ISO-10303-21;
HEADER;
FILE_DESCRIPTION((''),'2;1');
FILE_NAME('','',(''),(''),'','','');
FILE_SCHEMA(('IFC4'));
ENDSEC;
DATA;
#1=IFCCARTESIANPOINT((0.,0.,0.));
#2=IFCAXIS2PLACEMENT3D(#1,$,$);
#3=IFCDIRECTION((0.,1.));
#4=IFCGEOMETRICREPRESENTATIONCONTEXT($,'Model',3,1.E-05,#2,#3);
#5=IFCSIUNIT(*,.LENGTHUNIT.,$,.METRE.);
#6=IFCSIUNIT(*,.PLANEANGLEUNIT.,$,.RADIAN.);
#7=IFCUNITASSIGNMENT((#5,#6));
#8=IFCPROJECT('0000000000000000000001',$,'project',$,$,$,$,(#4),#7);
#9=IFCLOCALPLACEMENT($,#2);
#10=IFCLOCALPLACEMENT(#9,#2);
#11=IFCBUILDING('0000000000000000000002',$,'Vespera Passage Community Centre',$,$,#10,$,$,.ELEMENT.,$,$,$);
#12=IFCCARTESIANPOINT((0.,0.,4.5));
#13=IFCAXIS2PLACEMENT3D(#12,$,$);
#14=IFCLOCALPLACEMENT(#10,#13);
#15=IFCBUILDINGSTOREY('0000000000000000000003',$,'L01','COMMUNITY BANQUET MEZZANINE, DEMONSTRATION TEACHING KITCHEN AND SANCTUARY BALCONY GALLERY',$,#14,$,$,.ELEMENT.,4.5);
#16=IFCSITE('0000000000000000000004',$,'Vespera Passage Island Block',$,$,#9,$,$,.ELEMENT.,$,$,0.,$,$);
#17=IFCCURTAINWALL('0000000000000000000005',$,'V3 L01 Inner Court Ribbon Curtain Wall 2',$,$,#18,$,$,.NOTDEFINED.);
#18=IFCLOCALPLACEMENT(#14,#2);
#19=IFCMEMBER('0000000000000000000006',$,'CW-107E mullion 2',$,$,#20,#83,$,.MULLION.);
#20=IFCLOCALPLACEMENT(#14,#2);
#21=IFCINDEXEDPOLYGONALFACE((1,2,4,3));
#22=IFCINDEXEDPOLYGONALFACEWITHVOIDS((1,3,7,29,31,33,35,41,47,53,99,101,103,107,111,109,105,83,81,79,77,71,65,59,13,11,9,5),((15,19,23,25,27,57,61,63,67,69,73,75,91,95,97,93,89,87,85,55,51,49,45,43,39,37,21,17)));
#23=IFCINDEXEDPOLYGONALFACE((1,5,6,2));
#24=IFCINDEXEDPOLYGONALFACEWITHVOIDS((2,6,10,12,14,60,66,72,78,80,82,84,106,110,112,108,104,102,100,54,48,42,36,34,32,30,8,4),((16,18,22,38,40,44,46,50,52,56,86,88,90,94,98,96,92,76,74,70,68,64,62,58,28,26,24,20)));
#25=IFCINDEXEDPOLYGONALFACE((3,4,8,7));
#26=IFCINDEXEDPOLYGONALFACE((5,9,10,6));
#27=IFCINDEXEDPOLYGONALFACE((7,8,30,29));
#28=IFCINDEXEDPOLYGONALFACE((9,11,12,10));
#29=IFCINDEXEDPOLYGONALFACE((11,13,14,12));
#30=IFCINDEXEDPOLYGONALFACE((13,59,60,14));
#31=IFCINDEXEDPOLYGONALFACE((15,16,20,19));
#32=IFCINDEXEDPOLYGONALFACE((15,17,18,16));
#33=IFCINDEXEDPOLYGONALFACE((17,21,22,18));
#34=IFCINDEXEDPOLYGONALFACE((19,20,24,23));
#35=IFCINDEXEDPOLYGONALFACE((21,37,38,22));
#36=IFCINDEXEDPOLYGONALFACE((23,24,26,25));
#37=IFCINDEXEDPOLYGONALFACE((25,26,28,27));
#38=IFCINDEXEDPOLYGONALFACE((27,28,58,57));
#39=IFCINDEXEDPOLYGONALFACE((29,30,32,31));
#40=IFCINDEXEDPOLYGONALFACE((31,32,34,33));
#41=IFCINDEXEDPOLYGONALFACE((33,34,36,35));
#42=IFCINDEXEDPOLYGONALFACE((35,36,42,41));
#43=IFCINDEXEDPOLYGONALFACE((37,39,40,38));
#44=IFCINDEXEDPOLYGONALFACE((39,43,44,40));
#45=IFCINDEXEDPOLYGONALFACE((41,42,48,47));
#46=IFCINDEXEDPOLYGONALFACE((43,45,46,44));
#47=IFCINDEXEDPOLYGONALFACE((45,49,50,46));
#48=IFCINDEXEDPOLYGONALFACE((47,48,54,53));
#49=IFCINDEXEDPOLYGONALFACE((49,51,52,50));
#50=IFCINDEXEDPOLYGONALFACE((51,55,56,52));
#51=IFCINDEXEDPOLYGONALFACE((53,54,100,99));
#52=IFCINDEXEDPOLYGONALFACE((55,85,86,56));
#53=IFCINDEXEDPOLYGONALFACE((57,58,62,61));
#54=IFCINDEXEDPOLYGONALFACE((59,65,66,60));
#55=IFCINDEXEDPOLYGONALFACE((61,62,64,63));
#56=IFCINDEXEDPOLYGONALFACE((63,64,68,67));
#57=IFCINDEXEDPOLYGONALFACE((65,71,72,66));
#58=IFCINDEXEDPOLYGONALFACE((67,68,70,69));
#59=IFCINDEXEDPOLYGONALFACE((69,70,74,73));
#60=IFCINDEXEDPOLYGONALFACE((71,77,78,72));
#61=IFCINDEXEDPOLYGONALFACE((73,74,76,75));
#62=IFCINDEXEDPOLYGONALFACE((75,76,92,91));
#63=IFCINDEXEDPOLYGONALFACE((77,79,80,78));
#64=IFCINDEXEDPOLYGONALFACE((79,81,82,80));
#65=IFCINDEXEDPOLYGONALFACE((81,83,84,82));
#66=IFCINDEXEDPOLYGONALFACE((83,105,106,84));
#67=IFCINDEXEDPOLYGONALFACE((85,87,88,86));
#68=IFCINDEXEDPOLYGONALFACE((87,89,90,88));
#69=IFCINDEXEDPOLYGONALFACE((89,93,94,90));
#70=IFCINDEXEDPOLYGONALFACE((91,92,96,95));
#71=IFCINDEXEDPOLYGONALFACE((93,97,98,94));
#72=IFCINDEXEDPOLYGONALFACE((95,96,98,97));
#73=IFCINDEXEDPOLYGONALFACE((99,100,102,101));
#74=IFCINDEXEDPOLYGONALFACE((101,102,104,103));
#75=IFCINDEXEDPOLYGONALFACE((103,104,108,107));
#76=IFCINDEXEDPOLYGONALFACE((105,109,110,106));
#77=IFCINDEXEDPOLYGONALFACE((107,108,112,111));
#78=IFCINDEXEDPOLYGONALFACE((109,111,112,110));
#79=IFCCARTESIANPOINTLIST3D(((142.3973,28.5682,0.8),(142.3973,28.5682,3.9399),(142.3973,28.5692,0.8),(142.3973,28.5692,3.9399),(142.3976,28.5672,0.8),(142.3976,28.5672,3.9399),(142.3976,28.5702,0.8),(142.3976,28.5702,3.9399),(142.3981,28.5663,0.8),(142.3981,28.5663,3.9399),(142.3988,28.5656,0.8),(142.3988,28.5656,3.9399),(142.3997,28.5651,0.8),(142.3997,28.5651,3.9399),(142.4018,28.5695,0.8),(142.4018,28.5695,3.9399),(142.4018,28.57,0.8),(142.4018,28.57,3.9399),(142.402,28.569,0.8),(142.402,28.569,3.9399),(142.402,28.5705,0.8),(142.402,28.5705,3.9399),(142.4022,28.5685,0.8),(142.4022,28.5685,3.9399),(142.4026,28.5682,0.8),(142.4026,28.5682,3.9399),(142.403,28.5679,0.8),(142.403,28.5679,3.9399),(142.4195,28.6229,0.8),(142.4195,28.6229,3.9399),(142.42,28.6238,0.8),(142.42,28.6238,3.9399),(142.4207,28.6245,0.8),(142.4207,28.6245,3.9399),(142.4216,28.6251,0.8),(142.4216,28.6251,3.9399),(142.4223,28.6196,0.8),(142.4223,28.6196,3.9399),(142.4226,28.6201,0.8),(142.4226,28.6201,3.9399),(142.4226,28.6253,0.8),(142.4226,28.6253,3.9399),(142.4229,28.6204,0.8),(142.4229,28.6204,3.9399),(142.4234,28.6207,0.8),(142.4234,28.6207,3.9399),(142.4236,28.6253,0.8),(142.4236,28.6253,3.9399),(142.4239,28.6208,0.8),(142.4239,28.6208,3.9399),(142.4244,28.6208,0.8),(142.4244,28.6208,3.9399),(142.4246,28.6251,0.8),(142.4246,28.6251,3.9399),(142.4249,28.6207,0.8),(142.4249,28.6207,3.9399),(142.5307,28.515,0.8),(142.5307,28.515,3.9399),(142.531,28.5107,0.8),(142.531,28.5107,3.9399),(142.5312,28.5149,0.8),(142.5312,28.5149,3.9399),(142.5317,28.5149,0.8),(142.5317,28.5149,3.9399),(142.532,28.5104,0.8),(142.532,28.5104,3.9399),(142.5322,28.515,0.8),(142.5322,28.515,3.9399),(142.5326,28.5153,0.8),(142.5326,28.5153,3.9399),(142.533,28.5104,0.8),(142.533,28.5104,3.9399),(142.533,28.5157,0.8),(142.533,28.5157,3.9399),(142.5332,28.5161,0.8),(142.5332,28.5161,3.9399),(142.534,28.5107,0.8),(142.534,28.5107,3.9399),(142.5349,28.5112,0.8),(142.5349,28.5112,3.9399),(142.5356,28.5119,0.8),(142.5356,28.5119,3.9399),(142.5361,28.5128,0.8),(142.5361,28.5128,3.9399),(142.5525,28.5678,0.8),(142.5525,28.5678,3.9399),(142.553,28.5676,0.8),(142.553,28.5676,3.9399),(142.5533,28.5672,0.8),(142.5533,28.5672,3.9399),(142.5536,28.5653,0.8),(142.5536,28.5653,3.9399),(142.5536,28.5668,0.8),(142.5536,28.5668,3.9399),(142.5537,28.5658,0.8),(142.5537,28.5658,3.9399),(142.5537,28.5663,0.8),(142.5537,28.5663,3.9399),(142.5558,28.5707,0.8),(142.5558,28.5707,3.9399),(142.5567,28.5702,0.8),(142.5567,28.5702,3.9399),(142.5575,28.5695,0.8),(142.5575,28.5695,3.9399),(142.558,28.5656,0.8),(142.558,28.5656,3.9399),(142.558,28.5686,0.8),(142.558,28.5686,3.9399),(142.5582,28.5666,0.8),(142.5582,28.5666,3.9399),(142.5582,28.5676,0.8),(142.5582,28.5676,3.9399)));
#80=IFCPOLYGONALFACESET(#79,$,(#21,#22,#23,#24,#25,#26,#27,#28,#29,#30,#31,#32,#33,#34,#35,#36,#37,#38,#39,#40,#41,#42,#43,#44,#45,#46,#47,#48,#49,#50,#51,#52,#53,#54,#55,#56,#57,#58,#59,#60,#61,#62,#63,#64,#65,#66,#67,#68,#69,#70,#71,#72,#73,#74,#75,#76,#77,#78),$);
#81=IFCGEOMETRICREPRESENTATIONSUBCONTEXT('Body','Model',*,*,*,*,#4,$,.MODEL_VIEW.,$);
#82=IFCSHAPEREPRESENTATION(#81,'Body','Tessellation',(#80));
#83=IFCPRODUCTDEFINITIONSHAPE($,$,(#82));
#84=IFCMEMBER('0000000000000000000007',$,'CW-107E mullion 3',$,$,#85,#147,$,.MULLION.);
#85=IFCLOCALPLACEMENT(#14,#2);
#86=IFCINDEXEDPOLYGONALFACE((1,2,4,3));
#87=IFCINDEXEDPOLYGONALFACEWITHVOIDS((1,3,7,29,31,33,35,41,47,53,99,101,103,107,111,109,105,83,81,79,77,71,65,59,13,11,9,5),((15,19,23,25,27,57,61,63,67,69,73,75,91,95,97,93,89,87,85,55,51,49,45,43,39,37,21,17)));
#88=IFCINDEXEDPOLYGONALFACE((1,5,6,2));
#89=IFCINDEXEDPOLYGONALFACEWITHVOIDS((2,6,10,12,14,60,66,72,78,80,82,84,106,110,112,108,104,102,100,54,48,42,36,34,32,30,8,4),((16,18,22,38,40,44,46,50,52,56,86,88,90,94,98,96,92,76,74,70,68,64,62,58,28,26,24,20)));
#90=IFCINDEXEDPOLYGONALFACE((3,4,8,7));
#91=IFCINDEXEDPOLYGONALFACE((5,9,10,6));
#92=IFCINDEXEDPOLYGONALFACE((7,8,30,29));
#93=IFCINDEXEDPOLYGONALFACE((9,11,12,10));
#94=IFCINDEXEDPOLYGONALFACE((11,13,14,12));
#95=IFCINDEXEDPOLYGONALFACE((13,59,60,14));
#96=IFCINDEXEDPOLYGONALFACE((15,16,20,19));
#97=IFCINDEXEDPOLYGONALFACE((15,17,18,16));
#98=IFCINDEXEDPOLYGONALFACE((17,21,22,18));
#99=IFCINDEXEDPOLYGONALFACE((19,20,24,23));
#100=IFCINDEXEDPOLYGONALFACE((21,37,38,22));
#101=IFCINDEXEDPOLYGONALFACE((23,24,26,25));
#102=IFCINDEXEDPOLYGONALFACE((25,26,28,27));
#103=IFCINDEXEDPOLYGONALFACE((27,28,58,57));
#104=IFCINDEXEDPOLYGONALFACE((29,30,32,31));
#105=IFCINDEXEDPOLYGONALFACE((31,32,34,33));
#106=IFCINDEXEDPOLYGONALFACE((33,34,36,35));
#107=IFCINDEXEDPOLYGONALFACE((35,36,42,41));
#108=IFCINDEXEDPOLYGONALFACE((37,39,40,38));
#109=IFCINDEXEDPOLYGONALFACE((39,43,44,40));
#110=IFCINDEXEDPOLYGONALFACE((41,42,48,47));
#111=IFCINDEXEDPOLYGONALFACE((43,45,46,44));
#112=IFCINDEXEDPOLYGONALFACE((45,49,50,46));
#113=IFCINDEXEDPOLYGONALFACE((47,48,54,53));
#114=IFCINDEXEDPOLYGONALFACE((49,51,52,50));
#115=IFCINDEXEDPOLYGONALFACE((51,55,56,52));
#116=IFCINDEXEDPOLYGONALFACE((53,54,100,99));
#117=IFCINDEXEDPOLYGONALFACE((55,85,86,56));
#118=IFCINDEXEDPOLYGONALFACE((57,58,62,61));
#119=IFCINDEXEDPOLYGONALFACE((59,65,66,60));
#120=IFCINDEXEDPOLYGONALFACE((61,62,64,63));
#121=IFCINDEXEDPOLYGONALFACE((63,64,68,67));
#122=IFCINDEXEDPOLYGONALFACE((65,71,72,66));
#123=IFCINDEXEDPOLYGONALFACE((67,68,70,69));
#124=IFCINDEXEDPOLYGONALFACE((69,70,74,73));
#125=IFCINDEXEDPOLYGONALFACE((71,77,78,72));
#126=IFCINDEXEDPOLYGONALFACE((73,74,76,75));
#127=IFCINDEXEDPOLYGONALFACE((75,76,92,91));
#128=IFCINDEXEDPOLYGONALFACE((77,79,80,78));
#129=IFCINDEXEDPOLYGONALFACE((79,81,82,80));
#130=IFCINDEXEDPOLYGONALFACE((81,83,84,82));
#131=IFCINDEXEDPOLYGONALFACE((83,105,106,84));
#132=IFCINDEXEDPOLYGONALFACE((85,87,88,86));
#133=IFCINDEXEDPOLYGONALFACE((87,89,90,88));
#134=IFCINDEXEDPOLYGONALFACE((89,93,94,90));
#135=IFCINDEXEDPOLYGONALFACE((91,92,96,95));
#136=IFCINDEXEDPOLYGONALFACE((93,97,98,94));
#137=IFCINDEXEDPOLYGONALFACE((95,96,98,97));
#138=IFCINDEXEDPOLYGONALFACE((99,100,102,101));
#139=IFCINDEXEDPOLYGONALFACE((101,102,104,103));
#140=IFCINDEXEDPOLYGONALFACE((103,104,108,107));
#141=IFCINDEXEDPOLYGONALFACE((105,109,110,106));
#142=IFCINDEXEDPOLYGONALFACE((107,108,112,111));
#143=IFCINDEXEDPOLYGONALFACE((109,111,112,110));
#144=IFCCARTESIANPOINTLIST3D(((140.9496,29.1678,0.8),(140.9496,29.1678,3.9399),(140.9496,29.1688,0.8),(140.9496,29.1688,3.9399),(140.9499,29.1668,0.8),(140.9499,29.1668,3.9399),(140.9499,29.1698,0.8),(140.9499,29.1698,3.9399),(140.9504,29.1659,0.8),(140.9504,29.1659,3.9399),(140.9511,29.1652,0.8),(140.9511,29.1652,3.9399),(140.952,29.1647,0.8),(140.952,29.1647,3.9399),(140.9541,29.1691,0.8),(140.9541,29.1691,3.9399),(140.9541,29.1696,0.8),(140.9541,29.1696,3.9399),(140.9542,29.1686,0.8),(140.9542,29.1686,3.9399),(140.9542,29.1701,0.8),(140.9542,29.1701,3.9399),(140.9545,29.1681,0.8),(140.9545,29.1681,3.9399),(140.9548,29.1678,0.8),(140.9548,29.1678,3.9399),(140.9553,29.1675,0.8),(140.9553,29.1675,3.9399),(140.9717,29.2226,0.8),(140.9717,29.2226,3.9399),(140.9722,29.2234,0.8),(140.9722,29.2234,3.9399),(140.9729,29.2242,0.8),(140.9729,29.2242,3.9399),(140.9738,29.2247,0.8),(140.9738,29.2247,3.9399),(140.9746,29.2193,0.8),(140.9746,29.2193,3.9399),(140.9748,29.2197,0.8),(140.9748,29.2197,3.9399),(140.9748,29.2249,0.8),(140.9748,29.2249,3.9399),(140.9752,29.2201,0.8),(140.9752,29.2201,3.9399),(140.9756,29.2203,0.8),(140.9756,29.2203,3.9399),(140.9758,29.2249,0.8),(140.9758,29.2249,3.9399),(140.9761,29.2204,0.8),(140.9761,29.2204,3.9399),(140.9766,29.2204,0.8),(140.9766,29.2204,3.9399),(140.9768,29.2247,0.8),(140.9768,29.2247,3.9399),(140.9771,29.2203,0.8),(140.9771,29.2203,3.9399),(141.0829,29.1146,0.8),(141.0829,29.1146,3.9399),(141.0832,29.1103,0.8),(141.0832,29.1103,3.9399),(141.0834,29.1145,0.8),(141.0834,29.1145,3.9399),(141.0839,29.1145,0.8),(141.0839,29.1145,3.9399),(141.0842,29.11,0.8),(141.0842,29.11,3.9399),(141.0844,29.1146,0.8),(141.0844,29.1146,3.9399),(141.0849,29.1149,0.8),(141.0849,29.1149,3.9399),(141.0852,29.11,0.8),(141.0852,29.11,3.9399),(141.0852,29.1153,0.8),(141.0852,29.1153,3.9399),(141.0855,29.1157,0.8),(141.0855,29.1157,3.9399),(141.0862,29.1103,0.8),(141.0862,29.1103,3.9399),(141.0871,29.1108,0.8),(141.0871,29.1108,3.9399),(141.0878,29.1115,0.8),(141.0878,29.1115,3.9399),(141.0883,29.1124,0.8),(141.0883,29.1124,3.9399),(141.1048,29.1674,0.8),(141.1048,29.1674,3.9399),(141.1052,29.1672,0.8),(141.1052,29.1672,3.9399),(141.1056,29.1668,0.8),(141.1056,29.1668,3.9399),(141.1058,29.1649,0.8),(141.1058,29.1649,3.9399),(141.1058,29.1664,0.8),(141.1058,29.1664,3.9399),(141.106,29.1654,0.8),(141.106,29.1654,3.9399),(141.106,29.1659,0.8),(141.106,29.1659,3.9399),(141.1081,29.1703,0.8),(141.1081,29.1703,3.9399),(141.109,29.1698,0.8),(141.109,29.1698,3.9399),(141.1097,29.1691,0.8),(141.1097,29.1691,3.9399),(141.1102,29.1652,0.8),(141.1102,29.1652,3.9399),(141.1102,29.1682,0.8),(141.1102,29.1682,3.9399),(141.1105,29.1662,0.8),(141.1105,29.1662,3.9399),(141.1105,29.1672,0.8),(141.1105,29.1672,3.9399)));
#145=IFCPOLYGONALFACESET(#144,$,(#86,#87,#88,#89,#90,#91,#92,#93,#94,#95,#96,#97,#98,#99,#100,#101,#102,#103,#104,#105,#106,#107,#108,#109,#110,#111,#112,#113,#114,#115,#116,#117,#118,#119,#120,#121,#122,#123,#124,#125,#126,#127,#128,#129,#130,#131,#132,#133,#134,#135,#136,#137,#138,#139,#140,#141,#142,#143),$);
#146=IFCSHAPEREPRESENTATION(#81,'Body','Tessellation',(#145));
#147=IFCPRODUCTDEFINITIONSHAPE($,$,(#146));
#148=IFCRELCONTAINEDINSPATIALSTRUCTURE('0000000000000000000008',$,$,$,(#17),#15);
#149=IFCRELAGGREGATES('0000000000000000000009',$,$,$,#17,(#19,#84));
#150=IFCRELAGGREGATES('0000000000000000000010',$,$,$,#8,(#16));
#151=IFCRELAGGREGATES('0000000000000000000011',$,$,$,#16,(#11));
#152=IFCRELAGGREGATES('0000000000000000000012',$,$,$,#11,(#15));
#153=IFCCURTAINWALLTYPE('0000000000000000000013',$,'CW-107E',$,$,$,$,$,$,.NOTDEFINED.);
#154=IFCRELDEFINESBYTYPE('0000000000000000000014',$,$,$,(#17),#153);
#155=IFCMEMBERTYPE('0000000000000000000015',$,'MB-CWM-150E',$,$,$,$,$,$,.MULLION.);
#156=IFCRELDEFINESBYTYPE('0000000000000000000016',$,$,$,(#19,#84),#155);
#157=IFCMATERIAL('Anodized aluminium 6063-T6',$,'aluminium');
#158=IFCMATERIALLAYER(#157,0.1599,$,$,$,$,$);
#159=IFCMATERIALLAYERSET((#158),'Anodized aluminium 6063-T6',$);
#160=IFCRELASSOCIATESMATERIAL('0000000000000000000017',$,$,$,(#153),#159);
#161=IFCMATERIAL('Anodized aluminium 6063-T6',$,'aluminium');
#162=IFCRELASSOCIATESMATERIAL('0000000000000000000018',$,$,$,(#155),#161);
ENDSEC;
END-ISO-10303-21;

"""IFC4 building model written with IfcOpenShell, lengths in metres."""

from ifc_helpers import new_model, si_unit, direction, frame, origin, origin_2d, place, context, subcontext, project, spatial, hollow_rectangle, extrude, material, layer, layer_set, material_profile, profile_set, type_object, element, aggregate, save


model = new_model("IFC4")

# Units and contexts
model_context = context("Model", 3, precision=1e-05, world=origin(), true_north=direction((0.0, 1.0)))
body_context = subcontext(model_context, "Body", "Model", "MODEL_VIEW")
ifc_project = project(units=[si_unit("LENGTHUNIT", "METRE"), si_unit("PLANEANGLEUNIT", "RADIAN")], contexts=[model_context])

# Site, building, storey
site_placement = place(None, origin())
site = spatial("IfcSite", under=ifc_project, at=site_placement, Name="Vespera Passage Island Block", CompositionType="ELEMENT", RefElevation=0.0)
building_placement = place(site_placement, origin())
building = spatial("IfcBuilding", under=site, at=building_placement, Name="Vespera Passage Community Centre", CompositionType="ELEMENT")
storey_placement = place(building_placement, frame((0.0, 0.0, 4.5)))
storey = spatial("IfcBuildingStorey", under=building, at=storey_placement, Name="L01", Description="COMMUNITY BANQUET MEZZANINE, DEMONSTRATION TEACHING KITCHEN AND SANCTUARY BALCONY GALLERY", CompositionType="ELEMENT", Elevation=4.5)

# Shared definitions
ifc_material_1 = material(Name="Anodized aluminium 6063-T6", Category="aluminium")
ifc_layer_1 = layer(ifc_material_1, 0.1599)
ifc_layer_set_1 = layer_set([ifc_layer_1], Name="Anodized aluminium 6063-T6")
curtain_wall_type = type_object("IfcCurtainWallType", Name="CW-107E", PredefinedType="NOTDEFINED", material=ifc_layer_set_1)
ifc_material_2 = material(Name="Anodized aluminium 6063-T6", Category="aluminium")
ifc_material_profile_1 = material_profile(ifc_material_2, hollow_rectangle(XDim=0.0649, YDim=0.1499, WallThickness=0.0039, InnerFilletRadius=0.002, OuterFilletRadius=0.0039, at=origin_2d()), Name="ALU150X65X4")
ifc_profile_set_1 = profile_set([ifc_material_profile_1], Name="Anodized aluminium 6063-T6")
member_type_1 = type_object("IfcMemberType", Name="MB-CWM-150E", PredefinedType="MULLION", material=ifc_profile_set_1)

# Curtain wall, members
curtain_wall_1_placement = place(storey_placement, origin())
curtain_wall_1 = element("IfcCurtainWall", 1, at=curtain_wall_1_placement, inside=storey, type_object=curtain_wall_type, Name="V3 L01 Inner Court Ribbon Curtain Wall 2", PredefinedType="NOTDEFINED")
member_1_placement = place(storey_placement, frame((142.4778, 28.5679, 0.8), z_axis=(0.0, 0.0, 1.0), x_axis=(-0.382686, -0.923879, 0.0)))
member_1 = element("IfcMember", 2, at=member_1_placement, type_object=member_type_1, Name="CW-107E mullion 2", PredefinedType="MULLION", context=body_context, shape_type="SweptSolid", body=[
    extrude(hollow_rectangle(XDim=0.0649, YDim=0.1499, WallThickness=0.0039, InnerFilletRadius=0.002, OuterFilletRadius=0.0039, at=origin_2d()), origin(), (0.0, 0.0, 1.0), 3.1399),
])
member_2_placement = place(storey_placement, frame((141.03, 29.1675, 0.8), z_axis=(0.0, 0.0, 1.0), x_axis=(-0.382686, -0.923879, 0.0)))
member_2 = element("IfcMember", 3, at=member_2_placement, type_object=member_type_1, Name="CW-107E mullion 3", PredefinedType="MULLION", context=body_context, shape_type="SweptSolid", body=[
    extrude(hollow_rectangle(XDim=0.0649, YDim=0.1499, WallThickness=0.0039, InnerFilletRadius=0.002, OuterFilletRadius=0.0039, at=origin_2d()), origin(), (0.0, 0.0, 1.0), 3.1399),
])

aggregate(curtain_wall_1, [member_1, member_2])

save(model, "model.ifc")
